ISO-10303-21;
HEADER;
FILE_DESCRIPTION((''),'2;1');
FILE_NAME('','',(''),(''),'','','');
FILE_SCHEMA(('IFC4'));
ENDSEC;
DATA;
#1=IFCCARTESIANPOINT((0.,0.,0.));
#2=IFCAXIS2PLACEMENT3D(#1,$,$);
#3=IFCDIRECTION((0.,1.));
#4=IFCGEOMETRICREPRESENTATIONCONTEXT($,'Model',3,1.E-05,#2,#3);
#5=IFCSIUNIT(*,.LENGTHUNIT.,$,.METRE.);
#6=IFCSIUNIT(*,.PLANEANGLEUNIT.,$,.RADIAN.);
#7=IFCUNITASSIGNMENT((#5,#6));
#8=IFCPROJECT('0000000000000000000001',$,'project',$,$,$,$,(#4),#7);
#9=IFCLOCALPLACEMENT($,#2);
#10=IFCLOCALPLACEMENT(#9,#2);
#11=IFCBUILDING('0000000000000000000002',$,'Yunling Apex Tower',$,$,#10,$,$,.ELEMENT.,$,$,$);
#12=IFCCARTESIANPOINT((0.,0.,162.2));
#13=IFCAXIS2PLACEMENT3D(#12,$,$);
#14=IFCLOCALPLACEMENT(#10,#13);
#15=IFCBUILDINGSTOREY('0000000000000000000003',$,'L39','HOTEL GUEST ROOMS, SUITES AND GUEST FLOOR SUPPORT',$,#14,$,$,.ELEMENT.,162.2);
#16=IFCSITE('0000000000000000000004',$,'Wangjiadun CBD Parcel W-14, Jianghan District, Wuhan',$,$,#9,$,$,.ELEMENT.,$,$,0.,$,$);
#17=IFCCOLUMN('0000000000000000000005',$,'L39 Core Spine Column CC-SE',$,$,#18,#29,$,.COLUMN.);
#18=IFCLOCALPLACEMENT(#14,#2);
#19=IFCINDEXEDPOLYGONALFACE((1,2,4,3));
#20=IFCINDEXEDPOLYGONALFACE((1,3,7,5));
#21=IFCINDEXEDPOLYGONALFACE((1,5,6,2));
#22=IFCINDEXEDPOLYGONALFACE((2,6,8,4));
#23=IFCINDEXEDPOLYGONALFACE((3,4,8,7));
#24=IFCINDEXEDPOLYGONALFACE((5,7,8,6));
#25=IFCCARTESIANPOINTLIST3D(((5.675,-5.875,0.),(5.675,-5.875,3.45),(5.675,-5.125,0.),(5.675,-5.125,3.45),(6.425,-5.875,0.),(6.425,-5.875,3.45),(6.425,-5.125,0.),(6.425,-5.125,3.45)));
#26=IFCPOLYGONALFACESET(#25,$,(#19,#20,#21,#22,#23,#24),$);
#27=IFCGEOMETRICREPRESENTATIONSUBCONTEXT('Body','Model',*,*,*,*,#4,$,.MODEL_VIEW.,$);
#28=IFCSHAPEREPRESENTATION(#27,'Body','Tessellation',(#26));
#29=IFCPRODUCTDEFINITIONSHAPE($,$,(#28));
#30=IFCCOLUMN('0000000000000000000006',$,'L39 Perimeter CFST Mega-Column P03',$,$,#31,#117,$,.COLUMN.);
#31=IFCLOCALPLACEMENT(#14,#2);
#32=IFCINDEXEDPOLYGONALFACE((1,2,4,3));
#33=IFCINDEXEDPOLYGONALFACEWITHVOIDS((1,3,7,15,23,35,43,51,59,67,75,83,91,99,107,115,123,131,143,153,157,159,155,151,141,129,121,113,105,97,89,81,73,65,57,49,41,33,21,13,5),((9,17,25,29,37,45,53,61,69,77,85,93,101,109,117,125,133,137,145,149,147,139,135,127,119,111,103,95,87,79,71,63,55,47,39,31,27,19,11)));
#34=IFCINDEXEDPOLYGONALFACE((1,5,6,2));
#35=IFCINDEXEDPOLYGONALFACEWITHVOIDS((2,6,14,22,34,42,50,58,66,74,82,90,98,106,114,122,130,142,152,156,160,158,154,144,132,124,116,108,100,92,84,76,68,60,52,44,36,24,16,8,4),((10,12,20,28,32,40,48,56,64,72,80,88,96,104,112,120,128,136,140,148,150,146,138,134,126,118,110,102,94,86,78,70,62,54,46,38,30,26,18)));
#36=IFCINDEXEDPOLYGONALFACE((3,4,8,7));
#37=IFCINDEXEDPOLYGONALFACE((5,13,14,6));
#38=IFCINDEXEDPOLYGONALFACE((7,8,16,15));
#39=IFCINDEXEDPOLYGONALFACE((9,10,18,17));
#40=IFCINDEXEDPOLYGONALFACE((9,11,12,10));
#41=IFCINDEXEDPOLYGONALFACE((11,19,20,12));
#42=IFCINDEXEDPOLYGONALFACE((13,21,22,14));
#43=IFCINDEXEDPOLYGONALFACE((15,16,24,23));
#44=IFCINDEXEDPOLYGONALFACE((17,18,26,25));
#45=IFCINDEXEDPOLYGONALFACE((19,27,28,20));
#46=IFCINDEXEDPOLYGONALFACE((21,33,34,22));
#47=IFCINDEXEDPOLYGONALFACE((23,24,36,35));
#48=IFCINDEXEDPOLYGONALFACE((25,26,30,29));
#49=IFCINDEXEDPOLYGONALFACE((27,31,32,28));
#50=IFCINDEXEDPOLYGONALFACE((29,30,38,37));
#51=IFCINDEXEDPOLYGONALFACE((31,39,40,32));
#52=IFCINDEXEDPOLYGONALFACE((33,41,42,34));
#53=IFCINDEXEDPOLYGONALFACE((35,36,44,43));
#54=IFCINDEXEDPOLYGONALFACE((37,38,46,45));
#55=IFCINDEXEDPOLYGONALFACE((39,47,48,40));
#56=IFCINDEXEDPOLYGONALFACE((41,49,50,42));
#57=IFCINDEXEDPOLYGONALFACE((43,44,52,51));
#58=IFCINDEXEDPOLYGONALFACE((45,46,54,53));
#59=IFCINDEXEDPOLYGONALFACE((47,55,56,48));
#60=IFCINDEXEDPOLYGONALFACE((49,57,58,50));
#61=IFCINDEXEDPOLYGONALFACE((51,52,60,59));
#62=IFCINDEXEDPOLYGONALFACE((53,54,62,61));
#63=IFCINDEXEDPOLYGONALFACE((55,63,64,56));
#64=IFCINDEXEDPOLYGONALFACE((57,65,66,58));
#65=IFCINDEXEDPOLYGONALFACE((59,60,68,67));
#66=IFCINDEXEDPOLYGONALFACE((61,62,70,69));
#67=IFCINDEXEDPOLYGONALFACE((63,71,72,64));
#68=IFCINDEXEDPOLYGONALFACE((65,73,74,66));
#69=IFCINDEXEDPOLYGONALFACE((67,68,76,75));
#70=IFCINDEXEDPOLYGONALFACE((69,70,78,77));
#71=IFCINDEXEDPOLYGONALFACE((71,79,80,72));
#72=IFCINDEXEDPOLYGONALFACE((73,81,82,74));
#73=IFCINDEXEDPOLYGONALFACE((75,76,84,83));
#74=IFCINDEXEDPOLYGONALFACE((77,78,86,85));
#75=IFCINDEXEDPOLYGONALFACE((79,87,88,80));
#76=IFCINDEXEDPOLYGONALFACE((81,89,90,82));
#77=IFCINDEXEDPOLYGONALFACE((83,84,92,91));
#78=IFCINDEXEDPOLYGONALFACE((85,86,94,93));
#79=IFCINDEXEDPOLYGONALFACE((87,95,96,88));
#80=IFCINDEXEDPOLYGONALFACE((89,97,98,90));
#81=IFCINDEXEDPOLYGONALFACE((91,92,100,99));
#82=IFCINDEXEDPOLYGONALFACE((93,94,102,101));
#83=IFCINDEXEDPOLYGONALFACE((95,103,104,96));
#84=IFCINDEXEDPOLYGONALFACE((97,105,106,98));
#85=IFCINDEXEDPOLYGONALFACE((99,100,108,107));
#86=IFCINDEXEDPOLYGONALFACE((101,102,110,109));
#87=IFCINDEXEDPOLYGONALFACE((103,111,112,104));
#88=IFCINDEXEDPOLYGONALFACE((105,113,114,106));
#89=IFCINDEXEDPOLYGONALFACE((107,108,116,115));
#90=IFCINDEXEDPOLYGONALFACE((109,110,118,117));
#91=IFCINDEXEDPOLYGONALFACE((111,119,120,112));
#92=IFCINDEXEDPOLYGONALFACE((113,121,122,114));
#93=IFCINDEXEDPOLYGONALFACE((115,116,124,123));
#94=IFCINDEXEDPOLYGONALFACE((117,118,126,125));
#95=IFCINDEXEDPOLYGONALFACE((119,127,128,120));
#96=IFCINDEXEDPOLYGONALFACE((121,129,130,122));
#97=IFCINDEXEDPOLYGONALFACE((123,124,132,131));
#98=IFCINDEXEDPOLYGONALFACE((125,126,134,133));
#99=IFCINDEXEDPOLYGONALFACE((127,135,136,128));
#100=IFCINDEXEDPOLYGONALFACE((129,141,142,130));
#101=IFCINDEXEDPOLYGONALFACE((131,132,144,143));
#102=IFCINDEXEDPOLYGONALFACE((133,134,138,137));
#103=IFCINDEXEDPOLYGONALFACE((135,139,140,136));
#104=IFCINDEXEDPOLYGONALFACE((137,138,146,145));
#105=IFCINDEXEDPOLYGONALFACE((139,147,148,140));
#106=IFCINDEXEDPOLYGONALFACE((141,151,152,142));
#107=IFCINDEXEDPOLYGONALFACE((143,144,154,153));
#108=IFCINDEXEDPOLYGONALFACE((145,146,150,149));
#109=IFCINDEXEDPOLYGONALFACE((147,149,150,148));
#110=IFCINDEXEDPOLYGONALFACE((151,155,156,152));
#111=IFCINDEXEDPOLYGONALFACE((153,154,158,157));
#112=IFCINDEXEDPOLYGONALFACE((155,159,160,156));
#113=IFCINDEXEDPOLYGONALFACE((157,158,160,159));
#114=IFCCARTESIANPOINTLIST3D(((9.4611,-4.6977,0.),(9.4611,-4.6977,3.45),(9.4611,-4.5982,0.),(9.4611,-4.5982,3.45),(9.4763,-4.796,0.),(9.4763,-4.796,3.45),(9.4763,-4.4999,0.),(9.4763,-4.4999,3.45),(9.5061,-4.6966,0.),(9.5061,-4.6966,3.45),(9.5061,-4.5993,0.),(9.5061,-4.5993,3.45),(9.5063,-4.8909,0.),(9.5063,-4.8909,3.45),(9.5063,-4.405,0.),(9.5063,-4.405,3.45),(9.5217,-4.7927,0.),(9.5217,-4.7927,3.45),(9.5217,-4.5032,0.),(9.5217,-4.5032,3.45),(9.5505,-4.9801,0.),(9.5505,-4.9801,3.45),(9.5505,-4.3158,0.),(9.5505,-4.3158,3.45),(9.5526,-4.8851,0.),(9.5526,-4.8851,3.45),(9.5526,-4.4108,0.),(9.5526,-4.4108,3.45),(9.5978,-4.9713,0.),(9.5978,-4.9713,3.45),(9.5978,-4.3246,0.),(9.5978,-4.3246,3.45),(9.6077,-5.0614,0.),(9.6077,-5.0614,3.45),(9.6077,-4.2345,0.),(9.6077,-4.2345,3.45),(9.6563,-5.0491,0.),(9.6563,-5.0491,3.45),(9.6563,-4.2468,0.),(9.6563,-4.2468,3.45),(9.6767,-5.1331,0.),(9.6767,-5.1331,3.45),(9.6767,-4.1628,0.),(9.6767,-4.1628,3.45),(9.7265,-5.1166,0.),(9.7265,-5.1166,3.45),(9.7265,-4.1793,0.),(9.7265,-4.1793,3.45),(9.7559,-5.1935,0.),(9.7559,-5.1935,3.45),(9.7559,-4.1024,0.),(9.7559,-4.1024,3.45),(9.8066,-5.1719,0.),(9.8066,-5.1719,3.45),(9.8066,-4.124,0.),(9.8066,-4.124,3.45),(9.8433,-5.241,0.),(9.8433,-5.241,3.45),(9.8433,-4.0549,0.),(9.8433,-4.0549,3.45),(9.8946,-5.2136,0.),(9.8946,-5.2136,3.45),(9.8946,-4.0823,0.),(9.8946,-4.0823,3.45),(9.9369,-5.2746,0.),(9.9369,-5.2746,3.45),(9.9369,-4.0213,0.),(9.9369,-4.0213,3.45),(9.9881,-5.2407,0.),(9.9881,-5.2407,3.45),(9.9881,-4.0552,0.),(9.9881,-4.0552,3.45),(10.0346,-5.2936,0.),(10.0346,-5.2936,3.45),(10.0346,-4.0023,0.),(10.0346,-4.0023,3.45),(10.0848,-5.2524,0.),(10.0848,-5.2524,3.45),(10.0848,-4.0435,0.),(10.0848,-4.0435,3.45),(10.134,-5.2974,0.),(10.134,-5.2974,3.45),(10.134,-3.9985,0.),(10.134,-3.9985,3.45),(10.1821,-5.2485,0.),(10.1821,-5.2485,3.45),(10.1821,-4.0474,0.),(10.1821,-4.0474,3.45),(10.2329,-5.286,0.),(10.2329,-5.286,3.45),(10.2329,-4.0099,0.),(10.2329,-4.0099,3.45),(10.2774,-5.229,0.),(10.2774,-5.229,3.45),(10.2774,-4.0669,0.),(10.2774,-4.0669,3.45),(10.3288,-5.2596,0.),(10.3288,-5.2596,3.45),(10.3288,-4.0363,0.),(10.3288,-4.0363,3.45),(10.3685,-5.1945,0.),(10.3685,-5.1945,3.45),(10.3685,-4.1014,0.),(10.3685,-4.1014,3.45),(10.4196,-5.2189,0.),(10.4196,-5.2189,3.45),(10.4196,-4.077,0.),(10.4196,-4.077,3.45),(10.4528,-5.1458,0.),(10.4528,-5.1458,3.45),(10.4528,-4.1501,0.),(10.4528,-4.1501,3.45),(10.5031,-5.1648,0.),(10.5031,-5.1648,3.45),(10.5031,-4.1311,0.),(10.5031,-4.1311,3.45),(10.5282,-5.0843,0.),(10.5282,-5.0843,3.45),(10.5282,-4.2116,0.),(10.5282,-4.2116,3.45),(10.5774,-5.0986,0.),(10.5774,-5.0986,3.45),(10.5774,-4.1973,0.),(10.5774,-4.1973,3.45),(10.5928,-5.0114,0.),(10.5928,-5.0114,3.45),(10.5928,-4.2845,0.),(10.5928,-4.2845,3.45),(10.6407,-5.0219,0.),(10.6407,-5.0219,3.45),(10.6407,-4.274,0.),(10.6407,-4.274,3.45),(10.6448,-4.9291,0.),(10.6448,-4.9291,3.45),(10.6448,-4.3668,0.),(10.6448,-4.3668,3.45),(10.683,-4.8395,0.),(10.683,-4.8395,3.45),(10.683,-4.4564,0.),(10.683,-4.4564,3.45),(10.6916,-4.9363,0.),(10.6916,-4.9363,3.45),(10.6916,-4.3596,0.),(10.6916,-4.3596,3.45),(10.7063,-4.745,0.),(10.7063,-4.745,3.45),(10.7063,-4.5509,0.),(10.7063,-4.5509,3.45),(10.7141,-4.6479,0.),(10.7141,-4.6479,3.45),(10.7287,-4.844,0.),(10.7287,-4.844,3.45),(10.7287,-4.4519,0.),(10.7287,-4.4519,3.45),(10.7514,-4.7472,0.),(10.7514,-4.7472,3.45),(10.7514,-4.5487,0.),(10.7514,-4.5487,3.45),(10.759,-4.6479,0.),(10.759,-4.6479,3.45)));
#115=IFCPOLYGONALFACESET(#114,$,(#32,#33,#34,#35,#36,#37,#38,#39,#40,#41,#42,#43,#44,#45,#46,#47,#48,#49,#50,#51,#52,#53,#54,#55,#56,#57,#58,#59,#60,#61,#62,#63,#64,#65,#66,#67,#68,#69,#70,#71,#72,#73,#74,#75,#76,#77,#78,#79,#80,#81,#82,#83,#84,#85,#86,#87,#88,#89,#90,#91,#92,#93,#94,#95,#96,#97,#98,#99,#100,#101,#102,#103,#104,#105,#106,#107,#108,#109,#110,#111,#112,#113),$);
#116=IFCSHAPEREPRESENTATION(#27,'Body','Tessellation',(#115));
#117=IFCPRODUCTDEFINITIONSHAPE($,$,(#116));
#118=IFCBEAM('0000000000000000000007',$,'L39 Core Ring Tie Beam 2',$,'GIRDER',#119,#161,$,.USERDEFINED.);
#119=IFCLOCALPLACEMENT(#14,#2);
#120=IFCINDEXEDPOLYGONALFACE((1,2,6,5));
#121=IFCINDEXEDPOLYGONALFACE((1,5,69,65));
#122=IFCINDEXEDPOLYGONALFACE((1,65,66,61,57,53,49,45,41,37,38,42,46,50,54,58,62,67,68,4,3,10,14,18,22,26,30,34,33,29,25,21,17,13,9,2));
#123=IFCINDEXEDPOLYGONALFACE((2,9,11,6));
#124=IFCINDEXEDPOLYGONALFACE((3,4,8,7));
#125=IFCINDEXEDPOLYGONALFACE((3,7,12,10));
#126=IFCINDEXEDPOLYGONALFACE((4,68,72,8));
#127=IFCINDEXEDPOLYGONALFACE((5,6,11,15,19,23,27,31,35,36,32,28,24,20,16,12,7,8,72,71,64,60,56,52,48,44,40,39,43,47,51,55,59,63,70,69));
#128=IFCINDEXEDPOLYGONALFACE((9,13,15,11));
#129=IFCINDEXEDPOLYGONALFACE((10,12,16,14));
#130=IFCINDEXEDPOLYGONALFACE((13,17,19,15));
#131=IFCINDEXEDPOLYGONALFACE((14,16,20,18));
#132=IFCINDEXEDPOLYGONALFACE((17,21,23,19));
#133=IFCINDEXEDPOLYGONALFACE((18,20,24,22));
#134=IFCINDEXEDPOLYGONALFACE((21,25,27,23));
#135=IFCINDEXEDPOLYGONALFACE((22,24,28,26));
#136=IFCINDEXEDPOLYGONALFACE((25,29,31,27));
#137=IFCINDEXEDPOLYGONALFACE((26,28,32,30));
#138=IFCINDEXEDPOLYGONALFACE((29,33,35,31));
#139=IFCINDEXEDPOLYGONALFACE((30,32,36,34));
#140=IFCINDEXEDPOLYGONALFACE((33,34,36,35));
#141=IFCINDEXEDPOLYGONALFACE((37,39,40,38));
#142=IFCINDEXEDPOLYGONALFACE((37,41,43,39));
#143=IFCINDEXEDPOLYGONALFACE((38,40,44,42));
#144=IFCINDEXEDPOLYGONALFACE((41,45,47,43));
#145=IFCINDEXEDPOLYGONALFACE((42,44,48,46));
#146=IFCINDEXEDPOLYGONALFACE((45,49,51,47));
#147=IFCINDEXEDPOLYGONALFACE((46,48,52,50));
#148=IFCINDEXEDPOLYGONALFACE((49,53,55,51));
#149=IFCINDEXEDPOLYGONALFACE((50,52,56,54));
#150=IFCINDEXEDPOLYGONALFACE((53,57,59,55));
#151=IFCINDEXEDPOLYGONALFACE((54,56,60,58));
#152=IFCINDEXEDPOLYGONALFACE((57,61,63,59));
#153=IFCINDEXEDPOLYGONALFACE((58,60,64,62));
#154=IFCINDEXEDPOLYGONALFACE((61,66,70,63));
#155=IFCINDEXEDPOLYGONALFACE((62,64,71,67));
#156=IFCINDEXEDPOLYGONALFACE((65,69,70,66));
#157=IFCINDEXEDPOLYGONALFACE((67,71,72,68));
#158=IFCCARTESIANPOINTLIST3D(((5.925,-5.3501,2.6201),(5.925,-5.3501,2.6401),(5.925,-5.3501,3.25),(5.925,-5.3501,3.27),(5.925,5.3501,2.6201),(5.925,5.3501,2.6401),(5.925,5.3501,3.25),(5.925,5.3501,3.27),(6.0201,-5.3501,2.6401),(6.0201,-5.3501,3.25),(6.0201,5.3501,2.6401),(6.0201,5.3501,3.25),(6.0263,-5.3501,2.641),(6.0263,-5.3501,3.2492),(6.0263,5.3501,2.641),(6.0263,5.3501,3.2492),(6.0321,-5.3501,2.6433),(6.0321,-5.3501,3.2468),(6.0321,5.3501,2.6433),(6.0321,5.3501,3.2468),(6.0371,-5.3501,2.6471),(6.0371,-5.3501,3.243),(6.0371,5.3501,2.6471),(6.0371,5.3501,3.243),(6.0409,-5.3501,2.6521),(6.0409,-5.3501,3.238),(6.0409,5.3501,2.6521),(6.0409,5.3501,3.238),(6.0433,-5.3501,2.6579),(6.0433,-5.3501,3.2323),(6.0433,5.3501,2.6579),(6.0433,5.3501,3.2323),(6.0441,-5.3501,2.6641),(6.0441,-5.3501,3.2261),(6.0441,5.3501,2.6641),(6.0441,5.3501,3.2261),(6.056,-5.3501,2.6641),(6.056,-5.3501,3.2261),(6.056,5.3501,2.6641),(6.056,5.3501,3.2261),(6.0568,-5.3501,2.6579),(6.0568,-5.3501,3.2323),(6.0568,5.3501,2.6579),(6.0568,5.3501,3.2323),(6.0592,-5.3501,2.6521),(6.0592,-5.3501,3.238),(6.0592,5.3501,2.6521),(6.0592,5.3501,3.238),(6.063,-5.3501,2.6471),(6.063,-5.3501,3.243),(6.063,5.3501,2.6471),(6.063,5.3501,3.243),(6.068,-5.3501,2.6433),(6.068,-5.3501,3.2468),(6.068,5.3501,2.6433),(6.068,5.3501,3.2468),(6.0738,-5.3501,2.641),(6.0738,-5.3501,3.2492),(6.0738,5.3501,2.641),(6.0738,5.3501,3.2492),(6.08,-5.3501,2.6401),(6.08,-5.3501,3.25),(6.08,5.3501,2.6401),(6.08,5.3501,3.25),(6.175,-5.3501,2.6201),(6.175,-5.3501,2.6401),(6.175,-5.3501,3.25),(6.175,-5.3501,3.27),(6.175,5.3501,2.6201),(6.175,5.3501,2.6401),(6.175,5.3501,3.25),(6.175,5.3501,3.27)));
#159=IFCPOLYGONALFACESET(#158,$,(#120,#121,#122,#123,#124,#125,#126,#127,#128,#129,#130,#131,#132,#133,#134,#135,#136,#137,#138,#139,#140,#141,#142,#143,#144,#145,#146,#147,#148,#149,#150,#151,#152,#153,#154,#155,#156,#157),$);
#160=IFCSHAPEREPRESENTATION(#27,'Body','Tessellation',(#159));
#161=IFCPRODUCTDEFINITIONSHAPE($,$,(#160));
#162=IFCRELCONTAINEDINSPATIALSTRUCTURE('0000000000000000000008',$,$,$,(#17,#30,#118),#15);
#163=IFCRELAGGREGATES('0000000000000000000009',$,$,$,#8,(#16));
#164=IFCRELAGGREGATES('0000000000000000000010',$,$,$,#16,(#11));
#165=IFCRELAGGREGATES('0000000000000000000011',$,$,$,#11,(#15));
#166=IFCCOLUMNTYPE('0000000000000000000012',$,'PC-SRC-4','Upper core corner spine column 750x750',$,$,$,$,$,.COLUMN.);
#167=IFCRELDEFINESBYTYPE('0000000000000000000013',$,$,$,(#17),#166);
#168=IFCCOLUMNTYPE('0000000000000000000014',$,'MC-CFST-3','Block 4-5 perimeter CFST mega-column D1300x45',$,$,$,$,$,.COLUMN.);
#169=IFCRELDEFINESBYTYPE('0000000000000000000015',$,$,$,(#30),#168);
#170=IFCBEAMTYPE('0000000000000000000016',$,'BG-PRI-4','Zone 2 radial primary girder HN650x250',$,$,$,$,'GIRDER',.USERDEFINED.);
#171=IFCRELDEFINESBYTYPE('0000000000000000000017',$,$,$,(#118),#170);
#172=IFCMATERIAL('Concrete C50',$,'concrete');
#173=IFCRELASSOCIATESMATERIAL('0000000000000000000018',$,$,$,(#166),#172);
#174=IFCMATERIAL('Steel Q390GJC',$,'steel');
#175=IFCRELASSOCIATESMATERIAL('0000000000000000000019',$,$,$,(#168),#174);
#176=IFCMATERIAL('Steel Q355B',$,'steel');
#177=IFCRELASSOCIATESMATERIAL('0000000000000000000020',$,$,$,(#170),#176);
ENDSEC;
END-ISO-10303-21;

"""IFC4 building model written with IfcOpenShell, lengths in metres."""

from ifc_helpers import new_model, si_unit, direction, frame, origin, origin_2d, place, context, subcontext, project, spatial, rectangle, hollow_circle, i_section, extrude, source, transform, mapped, material, material_profile, profile_set, type_object, element, save


model = new_model("IFC4")

# Units and contexts
model_context = context("Model", 3, precision=1e-05, world=origin(), true_north=direction((0.0, 1.0)))
body_context = subcontext(model_context, "Body", "Model", "MODEL_VIEW")
ifc_project = project(units=[si_unit("LENGTHUNIT", "METRE"), si_unit("PLANEANGLEUNIT", "RADIAN")], contexts=[model_context])

# Site, building, storey
site_placement = place(None, origin())
site = spatial("IfcSite", under=ifc_project, at=site_placement, Name="Wangjiadun CBD Parcel W-14, Jianghan District, Wuhan", CompositionType="ELEMENT", RefElevation=0.0)
building_placement = place(site_placement, origin())
building = spatial("IfcBuilding", under=site, at=building_placement, Name="Yunling Apex Tower", CompositionType="ELEMENT")
storey_placement = place(building_placement, frame((0.0, 0.0, 162.2)))
storey = spatial("IfcBuildingStorey", under=building, at=storey_placement, Name="L39", Description="HOTEL GUEST ROOMS, SUITES AND GUEST FLOOR SUPPORT", CompositionType="ELEMENT", Elevation=162.2)

# Columns
ifc_material_1 = material(Name="Concrete C50", Category="concrete")
ifc_material_profile_1 = material_profile(ifc_material_1, rectangle(XDim=0.75, YDim=0.75, at=origin_2d()))
ifc_profile_set_1 = profile_set([ifc_material_profile_1], Name="Concrete C50")
column_type_1 = type_object("IfcColumnType", Name="PC-SRC-4", Description="Upper core corner spine column 750x750", PredefinedType="COLUMN", material=ifc_profile_set_1)
shared_shape_1 = source(origin(), body_context, "Body", "SweptSolid", [
    extrude(rectangle(XDim=0.75, YDim=0.75, at=origin_2d()), origin(), (0.0, 0.0, 1.0), 3.45),
])
column_1_placement = place(storey_placement, frame((6.05, -5.5, 0.0), z_axis=(0.0, 0.0, 1.0), x_axis=(1.0, 0.0, 0.0)))
element("IfcColumn", 1, at=column_1_placement, inside=storey, type_object=column_type_1, Name="L39 Core Spine Column CC-SE", PredefinedType="COLUMN", context=body_context, shape_type="MappedRepresentation", body=[
    mapped(shared_shape_1, transform((0.0, 0.0, 0.0), scale=1.0)),
])
ifc_material_2 = material(Name="Steel Q390GJC", Category="steel")
ifc_material_profile_2 = material_profile(ifc_material_2, hollow_circle(Radius=0.6499, WallThickness=0.0449, at=origin_2d()))
ifc_profile_set_2 = profile_set([ifc_material_profile_2], Name="Steel Q390GJC")
column_type_2 = type_object("IfcColumnType", Name="MC-CFST-3", Description="Block 4-5 perimeter CFST mega-column D1300x45", PredefinedType="COLUMN", material=ifc_profile_set_2)
shared_shape_2 = source(origin(), body_context, "Body", "SweptSolid", [
    extrude(hollow_circle(Radius=0.6499, WallThickness=0.0449, at=origin_2d()), origin(), (0.0, 0.0, 1.0), 3.45),
])
column_2_placement = place(storey_placement, frame((10.1091, -4.6479, 0.0), z_axis=(0.0, 0.0, 1.0), x_axis=(1.0, 0.0, 0.0)))
element("IfcColumn", 2, at=column_2_placement, inside=storey, type_object=column_type_2, Name="L39 Perimeter CFST Mega-Column P03", PredefinedType="COLUMN", context=body_context, shape_type="MappedRepresentation", body=[
    mapped(shared_shape_2, transform((0.0, 0.0, 0.0), scale=1.0)),
])

# Beam
ifc_material_3 = material(Name="Steel Q355B", Category="steel")
ifc_material_profile_3 = material_profile(ifc_material_3, i_section(OverallWidth=0.25, OverallDepth=0.6499, WebThickness=0.012, FlangeThickness=0.02, FilletRadius=0.0239, at=origin_2d()))
ifc_profile_set_3 = profile_set([ifc_material_profile_3], Name="Steel Q355B")
beam_type_1 = type_object("IfcBeamType", Name="BG-PRI-4", Description="Zone 2 radial primary girder HN650x250", ElementType="GIRDER", PredefinedType="USERDEFINED", material=ifc_profile_set_3)
shared_shape_3 = source(origin(), body_context, "Body", "SweptSolid", [
    extrude(i_section(OverallWidth=0.25, OverallDepth=0.6499, WebThickness=0.012, FlangeThickness=0.02, FilletRadius=0.0239, at=origin_2d()), origin(), (0.0, 0.0, 1.0), 10.7002),
])
beam_1_placement = place(storey_placement, frame((6.05, -5.3501, 2.9451), z_axis=(0.0, 1.0, 0.0), x_axis=(-1.0, 0.0, 0.0)))
element("IfcBeam", 3, at=beam_1_placement, inside=storey, type_object=beam_type_1, Name="L39 Core Ring Tie Beam 2", ObjectType="GIRDER", PredefinedType="USERDEFINED", context=body_context, shape_type="MappedRepresentation", body=[
    mapped(shared_shape_3, transform((0.0, 0.0, 0.0), scale=1.0)),
])

save(model, "model.ifc")
